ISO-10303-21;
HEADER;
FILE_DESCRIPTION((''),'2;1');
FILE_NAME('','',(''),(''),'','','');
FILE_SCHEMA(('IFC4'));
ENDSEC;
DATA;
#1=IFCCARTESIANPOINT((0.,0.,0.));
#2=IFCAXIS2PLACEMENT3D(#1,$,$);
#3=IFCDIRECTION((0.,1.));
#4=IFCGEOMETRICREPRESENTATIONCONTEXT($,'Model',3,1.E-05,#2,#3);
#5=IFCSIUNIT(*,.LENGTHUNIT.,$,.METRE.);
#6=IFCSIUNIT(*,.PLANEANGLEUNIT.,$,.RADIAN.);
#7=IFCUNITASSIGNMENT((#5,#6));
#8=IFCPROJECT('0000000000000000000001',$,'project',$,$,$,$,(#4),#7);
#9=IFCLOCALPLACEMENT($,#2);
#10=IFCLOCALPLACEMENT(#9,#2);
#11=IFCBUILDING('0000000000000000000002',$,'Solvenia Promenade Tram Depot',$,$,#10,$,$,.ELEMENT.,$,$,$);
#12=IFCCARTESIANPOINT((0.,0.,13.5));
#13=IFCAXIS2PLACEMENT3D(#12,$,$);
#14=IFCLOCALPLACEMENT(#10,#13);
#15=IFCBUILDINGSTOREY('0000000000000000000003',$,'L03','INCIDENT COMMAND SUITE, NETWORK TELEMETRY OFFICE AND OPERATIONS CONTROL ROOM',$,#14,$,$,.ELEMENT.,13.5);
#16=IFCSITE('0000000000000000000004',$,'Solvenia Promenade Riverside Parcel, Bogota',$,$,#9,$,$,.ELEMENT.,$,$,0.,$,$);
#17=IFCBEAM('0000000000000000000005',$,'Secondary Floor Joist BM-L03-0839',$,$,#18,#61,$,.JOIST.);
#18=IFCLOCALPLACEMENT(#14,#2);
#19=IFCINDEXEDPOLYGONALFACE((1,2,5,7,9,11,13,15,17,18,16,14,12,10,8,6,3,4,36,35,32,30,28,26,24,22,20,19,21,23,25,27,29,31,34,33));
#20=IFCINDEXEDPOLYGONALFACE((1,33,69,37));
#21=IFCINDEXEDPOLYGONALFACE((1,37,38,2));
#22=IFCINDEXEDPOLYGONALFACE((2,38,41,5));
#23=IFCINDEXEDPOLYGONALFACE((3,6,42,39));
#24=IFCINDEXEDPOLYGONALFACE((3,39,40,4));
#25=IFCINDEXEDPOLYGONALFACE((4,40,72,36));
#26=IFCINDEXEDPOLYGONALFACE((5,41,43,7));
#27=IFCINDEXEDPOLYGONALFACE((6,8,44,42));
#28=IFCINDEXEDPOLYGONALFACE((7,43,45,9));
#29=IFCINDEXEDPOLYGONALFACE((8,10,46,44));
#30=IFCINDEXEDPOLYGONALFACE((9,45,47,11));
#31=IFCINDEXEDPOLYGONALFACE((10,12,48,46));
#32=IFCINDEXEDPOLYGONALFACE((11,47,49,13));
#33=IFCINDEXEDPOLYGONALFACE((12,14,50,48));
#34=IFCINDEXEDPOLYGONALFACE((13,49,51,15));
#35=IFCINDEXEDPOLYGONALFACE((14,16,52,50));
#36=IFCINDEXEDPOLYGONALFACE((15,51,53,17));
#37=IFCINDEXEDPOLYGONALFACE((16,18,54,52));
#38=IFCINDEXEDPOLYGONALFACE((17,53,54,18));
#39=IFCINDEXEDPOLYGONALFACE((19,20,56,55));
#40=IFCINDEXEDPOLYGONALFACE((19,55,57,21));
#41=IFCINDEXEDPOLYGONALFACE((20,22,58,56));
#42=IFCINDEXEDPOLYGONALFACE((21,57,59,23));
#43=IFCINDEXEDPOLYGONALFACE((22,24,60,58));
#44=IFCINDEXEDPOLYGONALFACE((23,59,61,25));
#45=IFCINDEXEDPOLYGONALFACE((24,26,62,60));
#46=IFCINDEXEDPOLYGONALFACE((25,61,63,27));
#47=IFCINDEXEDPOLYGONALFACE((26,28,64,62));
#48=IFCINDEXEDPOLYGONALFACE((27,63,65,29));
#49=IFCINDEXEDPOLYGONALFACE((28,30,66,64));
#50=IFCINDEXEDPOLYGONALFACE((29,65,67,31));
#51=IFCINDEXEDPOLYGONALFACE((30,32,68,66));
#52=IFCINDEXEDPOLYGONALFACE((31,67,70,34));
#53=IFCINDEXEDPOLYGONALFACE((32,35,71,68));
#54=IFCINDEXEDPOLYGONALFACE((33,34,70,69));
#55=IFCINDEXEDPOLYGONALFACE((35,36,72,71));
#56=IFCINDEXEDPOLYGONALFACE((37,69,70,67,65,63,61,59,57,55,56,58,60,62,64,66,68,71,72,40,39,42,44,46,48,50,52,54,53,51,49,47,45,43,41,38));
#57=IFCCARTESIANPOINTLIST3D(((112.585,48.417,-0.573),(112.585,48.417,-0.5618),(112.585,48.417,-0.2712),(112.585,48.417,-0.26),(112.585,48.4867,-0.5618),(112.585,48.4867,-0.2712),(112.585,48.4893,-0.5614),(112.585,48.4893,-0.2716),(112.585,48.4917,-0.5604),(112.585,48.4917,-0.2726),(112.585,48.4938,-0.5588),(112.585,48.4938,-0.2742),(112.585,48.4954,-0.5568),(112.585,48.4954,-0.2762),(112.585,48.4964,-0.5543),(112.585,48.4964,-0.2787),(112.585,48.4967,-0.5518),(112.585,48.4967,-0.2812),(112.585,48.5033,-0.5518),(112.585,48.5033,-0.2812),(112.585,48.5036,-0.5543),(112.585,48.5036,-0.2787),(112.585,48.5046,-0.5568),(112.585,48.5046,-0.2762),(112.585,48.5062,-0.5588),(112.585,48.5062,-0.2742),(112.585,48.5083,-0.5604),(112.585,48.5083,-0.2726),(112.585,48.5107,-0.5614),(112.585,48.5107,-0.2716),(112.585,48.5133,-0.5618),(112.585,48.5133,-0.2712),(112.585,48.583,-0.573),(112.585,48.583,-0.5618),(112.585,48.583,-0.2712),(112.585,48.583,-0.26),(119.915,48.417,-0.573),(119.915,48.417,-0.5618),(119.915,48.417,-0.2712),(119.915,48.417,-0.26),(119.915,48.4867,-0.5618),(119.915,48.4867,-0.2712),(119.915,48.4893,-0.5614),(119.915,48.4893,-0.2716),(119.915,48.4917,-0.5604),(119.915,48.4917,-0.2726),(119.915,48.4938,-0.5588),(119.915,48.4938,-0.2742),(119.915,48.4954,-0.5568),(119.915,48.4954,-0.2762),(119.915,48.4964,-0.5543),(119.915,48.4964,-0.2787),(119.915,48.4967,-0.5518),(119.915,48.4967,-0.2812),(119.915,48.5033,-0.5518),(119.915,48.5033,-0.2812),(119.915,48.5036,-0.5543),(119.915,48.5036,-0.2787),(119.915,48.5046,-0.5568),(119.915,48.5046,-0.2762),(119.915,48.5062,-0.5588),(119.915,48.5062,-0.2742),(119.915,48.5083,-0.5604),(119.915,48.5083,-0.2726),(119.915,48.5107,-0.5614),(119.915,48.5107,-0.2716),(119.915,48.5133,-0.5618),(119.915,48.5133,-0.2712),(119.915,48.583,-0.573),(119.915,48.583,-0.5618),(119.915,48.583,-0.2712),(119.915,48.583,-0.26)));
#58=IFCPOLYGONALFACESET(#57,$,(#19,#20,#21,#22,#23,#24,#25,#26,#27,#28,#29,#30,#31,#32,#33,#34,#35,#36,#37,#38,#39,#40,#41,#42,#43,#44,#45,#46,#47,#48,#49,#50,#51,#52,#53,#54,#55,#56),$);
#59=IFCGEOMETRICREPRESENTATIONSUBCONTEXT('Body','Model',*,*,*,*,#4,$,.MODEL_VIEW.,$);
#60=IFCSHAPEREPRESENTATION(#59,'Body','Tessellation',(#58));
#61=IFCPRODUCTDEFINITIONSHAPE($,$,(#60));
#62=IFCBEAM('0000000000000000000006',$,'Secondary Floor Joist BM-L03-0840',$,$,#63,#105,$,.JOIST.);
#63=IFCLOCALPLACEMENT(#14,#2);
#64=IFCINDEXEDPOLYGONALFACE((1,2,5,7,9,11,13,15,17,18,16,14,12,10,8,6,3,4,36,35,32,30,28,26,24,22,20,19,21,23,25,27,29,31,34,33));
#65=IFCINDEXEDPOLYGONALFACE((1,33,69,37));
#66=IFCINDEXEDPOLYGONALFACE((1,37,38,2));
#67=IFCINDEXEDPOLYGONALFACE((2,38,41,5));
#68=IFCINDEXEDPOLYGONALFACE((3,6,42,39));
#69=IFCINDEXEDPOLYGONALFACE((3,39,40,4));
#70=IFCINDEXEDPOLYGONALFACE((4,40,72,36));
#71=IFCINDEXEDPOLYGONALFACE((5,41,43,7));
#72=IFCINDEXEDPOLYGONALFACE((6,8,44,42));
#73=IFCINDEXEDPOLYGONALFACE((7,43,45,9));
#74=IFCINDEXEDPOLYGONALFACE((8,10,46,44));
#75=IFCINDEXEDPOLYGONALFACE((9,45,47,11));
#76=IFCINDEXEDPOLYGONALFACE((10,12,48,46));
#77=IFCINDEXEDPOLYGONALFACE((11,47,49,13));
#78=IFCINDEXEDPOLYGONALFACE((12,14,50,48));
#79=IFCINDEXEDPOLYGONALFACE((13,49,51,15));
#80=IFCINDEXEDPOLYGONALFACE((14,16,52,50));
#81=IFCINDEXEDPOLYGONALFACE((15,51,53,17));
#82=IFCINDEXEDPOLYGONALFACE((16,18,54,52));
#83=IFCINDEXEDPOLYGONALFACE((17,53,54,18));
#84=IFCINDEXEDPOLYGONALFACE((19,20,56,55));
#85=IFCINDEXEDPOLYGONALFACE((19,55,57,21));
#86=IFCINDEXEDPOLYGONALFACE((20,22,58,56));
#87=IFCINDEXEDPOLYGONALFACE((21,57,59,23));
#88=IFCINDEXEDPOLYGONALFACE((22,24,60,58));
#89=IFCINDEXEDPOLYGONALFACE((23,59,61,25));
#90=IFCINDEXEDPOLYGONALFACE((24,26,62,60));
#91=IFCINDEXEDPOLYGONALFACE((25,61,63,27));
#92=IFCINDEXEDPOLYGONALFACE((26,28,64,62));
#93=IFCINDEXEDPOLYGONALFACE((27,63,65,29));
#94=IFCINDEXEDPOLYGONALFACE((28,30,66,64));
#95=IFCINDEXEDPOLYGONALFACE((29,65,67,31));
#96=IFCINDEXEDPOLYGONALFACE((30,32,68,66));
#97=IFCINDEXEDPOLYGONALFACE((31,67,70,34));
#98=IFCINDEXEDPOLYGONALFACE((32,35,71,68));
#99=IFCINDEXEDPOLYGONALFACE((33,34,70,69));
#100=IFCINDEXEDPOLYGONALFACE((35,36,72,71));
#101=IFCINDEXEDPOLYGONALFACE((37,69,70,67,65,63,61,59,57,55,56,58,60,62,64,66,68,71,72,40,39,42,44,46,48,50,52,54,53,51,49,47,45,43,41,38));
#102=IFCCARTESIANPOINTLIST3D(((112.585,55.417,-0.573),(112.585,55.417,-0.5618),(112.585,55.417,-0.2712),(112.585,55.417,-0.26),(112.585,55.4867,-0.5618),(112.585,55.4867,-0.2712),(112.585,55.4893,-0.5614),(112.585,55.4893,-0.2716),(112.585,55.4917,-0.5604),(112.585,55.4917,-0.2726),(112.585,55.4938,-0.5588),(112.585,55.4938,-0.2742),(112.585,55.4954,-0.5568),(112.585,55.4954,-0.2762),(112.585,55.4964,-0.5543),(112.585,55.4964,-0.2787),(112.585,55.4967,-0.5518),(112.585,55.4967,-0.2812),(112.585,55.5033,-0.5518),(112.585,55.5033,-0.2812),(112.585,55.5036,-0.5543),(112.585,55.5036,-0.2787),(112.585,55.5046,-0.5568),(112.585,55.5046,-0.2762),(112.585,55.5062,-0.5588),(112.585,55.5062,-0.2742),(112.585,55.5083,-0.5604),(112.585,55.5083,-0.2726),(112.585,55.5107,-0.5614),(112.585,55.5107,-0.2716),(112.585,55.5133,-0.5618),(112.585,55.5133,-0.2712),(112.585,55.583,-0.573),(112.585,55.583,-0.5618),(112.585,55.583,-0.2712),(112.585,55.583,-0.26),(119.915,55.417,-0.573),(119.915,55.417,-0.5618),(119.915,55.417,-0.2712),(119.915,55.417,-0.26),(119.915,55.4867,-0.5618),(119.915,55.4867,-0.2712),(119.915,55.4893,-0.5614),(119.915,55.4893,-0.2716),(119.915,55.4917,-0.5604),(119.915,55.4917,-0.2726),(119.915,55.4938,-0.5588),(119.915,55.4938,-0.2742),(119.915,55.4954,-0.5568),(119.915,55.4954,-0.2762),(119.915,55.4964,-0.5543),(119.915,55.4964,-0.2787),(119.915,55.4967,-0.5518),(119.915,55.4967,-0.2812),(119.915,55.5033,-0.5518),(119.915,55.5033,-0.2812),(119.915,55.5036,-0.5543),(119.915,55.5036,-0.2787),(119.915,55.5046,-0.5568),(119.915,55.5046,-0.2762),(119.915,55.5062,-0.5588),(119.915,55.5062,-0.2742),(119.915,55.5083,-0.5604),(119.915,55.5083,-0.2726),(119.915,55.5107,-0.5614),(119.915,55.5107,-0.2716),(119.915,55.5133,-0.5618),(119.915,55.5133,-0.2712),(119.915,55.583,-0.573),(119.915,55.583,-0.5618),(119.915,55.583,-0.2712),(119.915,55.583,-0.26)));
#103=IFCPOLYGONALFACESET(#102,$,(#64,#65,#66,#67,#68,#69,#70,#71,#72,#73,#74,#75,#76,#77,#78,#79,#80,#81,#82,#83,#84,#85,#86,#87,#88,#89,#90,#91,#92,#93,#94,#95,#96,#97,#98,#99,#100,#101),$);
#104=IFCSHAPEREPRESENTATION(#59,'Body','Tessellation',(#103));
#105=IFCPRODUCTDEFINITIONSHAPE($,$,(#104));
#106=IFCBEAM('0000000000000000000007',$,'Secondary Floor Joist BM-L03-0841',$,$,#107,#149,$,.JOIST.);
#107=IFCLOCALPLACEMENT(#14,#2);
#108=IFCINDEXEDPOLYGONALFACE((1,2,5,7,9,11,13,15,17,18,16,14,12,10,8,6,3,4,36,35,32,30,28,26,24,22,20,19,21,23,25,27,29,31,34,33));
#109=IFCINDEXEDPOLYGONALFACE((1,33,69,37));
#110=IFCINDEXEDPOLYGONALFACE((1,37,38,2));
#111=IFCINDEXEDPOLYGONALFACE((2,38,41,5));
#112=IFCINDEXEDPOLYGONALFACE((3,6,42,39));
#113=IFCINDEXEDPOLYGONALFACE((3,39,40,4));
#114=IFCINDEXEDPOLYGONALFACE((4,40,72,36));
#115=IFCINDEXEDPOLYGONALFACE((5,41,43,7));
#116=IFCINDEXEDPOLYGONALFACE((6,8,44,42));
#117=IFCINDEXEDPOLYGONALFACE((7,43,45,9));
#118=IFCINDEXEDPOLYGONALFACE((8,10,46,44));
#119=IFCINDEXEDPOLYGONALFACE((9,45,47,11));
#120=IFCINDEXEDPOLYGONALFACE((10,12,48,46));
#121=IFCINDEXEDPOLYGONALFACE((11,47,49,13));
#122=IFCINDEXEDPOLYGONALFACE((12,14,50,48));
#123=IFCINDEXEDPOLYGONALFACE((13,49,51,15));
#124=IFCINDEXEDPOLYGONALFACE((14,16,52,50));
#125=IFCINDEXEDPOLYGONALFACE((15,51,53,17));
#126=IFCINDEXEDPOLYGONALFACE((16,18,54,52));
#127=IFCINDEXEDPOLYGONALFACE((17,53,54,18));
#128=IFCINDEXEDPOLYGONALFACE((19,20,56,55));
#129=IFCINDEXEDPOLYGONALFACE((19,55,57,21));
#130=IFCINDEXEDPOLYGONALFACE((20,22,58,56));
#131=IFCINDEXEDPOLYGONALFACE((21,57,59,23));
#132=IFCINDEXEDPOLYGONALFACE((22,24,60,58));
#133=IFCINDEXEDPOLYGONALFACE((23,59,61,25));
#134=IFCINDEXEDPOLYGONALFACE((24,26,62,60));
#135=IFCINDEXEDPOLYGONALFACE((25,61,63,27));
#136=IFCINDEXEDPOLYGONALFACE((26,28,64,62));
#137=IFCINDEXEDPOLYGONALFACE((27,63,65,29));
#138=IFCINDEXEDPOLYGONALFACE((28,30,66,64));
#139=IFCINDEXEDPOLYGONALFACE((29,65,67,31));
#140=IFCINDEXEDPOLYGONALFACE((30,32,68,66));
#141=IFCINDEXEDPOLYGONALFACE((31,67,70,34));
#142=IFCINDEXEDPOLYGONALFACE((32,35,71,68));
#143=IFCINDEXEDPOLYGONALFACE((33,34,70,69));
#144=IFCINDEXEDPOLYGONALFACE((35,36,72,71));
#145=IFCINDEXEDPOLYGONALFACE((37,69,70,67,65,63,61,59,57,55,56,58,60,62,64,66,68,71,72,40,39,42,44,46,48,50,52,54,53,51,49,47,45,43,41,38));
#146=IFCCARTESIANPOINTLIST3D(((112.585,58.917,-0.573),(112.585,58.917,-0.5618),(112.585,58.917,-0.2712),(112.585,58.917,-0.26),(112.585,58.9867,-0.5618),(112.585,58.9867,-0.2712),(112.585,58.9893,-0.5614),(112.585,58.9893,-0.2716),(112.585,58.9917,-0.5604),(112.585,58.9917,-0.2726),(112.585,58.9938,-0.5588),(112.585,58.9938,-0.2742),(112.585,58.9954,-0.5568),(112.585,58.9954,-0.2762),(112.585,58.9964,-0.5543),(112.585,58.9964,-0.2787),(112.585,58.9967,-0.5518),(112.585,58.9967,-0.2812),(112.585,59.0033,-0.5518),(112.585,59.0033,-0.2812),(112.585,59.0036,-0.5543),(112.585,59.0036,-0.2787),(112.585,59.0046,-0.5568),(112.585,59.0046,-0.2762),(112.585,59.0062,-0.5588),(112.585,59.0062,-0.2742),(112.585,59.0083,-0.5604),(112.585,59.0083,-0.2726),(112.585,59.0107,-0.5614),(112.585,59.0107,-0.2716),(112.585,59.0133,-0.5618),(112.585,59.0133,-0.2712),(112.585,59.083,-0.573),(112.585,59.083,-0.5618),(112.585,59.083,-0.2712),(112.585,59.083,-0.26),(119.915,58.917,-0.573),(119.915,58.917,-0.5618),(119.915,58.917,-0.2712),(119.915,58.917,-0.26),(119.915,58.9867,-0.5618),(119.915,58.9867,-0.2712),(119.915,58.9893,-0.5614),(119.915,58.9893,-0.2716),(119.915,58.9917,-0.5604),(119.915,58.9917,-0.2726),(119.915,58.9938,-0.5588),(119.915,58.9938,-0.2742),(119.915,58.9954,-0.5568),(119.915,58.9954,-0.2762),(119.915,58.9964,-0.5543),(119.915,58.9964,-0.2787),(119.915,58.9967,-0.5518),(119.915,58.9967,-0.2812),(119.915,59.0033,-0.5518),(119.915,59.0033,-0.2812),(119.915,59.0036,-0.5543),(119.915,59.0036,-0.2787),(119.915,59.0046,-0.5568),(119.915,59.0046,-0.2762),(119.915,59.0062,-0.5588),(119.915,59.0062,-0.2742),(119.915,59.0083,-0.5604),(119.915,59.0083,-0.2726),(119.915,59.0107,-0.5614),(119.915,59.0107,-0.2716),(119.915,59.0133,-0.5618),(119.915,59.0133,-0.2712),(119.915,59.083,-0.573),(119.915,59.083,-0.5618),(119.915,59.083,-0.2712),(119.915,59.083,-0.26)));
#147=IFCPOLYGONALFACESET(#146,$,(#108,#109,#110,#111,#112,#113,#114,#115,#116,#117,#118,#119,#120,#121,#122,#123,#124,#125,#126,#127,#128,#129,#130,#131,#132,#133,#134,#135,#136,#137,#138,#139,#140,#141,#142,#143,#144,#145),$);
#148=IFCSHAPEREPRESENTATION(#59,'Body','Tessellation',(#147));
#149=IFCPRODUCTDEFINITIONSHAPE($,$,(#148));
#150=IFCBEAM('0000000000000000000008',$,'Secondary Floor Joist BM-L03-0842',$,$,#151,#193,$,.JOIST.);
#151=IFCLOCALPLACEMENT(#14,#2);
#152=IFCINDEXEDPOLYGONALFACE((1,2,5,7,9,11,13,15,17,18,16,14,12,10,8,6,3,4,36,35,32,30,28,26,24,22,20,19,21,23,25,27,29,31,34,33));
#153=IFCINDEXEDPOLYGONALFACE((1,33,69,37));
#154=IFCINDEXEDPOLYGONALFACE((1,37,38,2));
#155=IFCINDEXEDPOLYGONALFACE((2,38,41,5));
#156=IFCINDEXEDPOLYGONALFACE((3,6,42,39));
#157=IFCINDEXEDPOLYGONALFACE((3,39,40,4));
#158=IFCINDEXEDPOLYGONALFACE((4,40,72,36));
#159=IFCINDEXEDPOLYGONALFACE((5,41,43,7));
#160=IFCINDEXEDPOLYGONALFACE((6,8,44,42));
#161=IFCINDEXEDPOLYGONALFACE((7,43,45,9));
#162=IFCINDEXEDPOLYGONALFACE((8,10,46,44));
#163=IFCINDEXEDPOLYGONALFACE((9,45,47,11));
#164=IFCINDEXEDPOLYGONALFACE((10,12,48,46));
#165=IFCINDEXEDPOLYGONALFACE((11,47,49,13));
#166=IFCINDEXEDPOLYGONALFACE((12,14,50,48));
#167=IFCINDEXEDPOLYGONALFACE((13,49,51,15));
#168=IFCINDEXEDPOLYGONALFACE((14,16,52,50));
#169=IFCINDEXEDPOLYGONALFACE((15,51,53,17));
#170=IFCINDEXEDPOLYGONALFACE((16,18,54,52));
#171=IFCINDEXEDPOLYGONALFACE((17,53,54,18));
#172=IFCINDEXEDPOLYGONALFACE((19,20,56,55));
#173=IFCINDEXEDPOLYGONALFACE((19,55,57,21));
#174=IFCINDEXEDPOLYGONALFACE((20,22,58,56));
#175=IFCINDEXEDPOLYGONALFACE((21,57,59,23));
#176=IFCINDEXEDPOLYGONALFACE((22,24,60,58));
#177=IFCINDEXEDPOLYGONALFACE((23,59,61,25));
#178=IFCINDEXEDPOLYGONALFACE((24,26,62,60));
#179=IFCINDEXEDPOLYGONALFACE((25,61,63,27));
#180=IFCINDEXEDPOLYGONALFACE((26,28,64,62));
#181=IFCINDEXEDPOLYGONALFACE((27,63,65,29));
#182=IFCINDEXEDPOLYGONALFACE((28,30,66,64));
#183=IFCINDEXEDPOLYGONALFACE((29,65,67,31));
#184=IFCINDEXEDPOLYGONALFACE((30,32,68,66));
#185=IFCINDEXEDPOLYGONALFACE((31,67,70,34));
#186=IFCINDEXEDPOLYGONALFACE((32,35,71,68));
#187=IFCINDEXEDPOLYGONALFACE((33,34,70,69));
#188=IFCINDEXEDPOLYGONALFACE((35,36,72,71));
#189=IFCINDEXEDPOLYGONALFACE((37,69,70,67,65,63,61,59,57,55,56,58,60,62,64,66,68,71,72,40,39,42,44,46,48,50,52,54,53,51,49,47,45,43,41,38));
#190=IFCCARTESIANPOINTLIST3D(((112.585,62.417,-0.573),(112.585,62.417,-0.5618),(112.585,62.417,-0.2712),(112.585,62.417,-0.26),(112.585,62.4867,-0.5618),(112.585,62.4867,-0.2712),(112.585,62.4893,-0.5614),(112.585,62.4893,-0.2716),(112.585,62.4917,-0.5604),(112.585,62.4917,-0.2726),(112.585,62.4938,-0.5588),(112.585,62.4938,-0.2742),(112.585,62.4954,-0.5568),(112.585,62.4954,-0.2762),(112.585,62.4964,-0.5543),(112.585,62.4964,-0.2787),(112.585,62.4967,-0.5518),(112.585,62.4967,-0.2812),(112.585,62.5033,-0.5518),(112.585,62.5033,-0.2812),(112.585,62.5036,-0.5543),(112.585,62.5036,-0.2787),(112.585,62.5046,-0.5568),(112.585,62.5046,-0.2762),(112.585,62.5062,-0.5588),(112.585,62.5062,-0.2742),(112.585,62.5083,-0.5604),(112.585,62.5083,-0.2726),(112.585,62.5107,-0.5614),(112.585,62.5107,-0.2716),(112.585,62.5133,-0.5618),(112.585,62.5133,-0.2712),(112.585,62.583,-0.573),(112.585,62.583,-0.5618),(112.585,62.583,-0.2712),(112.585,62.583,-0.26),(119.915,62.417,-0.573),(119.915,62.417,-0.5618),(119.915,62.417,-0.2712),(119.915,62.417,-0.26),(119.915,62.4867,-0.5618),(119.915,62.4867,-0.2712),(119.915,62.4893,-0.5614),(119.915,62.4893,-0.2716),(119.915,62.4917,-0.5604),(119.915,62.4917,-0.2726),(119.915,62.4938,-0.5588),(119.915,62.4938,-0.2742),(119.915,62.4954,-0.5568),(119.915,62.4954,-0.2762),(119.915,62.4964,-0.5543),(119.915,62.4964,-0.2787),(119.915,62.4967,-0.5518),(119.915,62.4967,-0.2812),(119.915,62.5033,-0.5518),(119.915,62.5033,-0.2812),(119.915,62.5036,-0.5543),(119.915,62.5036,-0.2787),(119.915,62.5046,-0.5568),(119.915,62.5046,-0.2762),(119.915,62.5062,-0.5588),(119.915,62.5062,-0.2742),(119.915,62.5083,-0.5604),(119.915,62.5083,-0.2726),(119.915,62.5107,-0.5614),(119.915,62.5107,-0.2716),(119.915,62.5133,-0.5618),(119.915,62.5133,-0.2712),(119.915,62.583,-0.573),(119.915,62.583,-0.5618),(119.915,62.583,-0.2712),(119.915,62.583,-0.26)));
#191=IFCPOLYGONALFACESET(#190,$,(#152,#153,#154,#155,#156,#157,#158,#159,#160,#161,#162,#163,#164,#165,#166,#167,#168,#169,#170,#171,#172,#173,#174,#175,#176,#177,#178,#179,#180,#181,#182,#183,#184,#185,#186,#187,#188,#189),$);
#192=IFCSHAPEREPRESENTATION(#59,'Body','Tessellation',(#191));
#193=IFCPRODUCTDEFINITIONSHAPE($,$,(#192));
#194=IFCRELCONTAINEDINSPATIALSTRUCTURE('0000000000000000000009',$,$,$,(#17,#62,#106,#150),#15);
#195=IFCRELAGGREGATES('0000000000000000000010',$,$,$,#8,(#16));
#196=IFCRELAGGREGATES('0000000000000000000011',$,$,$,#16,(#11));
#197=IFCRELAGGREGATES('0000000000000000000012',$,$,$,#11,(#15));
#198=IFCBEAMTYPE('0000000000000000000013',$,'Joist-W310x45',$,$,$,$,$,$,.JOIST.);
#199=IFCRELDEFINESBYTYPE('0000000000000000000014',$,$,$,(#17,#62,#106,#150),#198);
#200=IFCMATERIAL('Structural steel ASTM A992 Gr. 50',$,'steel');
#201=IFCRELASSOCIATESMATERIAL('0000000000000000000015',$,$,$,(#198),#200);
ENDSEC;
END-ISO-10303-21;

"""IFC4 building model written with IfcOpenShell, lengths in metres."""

from ifc_helpers import new_model, si_unit, direction, frame, origin, origin_2d, place, context, subcontext, project, spatial, i_section, extrude, material, material_profile, profile_set, type_object, element, save


model = new_model("IFC4")

# Units and contexts
model_context = context("Model", 3, precision=1e-05, world=origin(), true_north=direction((0.0, 1.0)))
body_context = subcontext(model_context, "Body", "Model", "MODEL_VIEW")
ifc_project = project(units=[si_unit("LENGTHUNIT", "METRE"), si_unit("PLANEANGLEUNIT", "RADIAN")], contexts=[model_context])

# Site, building, storey
site_placement = place(None, origin())
site = spatial("IfcSite", under=ifc_project, at=site_placement, Name="Solvenia Promenade Riverside Parcel, Bogota", CompositionType="ELEMENT", RefElevation=0.0)
building_placement = place(site_placement, origin())
building = spatial("IfcBuilding", under=site, at=building_placement, Name="Solvenia Promenade Tram Depot", CompositionType="ELEMENT")
storey_placement = place(building_placement, frame((0.0, 0.0, 13.5)))
storey = spatial("IfcBuildingStorey", under=building, at=storey_placement, Name="L03", Description="INCIDENT COMMAND SUITE, NETWORK TELEMETRY OFFICE AND OPERATIONS CONTROL ROOM", CompositionType="ELEMENT", Elevation=13.5)

# Shared definitions
ifc_material_1 = material(Name="Structural steel ASTM A992 Gr. 50", Category="steel")

# Beams
ifc_material_profile_1 = material_profile(ifc_material_1, i_section(OverallWidth=0.166, OverallDepth=0.313, WebThickness=0.0066, FlangeThickness=0.0112, FilletRadius=0.01, at=origin_2d()), Name="W310x45", Category="steel")
ifc_profile_set_1 = profile_set([ifc_material_profile_1], Name="Structural steel ASTM A992 Gr. 50")
beam_type_1 = type_object("IfcBeamType", Name="Joist-W310x45", PredefinedType="JOIST", material=ifc_profile_set_1)
for number, where, z_axis, x_axis, name in (
    (1, (112.585, 48.5, -0.4165), (1.0, 0.0, 0.0), (0.0, 1.0, 0.0), "Secondary Floor Joist BM-L03-0839"),
    (2, (112.585, 55.5, -0.4165), (1.0, 0.0, 0.0), (0.0, 1.0, 0.0), "Secondary Floor Joist BM-L03-0840"),
    (3, (112.585, 59.0, -0.4165), (1.0, 0.0, 0.0), (0.0, 1.0, 0.0), "Secondary Floor Joist BM-L03-0841"),
    (4, (112.585, 62.5, -0.4165), (1.0, 0.0, 0.0), (0.0, 1.0, 0.0), "Secondary Floor Joist BM-L03-0842"),
):
    element("IfcBeam", number, at=place(storey_placement, frame(where, z_axis=z_axis, x_axis=x_axis)), inside=storey, type_object=beam_type_1, Name=name, PredefinedType="JOIST", context=body_context, shape_type="SweptSolid", body=[
        extrude(i_section(OverallWidth=0.166, OverallDepth=0.313, WebThickness=0.0066, FlangeThickness=0.0112, FilletRadius=0.01, at=origin_2d()), origin(), (0.0, 0.0, 1.0), 7.3301),
    ])

save(model, "model.ifc")
